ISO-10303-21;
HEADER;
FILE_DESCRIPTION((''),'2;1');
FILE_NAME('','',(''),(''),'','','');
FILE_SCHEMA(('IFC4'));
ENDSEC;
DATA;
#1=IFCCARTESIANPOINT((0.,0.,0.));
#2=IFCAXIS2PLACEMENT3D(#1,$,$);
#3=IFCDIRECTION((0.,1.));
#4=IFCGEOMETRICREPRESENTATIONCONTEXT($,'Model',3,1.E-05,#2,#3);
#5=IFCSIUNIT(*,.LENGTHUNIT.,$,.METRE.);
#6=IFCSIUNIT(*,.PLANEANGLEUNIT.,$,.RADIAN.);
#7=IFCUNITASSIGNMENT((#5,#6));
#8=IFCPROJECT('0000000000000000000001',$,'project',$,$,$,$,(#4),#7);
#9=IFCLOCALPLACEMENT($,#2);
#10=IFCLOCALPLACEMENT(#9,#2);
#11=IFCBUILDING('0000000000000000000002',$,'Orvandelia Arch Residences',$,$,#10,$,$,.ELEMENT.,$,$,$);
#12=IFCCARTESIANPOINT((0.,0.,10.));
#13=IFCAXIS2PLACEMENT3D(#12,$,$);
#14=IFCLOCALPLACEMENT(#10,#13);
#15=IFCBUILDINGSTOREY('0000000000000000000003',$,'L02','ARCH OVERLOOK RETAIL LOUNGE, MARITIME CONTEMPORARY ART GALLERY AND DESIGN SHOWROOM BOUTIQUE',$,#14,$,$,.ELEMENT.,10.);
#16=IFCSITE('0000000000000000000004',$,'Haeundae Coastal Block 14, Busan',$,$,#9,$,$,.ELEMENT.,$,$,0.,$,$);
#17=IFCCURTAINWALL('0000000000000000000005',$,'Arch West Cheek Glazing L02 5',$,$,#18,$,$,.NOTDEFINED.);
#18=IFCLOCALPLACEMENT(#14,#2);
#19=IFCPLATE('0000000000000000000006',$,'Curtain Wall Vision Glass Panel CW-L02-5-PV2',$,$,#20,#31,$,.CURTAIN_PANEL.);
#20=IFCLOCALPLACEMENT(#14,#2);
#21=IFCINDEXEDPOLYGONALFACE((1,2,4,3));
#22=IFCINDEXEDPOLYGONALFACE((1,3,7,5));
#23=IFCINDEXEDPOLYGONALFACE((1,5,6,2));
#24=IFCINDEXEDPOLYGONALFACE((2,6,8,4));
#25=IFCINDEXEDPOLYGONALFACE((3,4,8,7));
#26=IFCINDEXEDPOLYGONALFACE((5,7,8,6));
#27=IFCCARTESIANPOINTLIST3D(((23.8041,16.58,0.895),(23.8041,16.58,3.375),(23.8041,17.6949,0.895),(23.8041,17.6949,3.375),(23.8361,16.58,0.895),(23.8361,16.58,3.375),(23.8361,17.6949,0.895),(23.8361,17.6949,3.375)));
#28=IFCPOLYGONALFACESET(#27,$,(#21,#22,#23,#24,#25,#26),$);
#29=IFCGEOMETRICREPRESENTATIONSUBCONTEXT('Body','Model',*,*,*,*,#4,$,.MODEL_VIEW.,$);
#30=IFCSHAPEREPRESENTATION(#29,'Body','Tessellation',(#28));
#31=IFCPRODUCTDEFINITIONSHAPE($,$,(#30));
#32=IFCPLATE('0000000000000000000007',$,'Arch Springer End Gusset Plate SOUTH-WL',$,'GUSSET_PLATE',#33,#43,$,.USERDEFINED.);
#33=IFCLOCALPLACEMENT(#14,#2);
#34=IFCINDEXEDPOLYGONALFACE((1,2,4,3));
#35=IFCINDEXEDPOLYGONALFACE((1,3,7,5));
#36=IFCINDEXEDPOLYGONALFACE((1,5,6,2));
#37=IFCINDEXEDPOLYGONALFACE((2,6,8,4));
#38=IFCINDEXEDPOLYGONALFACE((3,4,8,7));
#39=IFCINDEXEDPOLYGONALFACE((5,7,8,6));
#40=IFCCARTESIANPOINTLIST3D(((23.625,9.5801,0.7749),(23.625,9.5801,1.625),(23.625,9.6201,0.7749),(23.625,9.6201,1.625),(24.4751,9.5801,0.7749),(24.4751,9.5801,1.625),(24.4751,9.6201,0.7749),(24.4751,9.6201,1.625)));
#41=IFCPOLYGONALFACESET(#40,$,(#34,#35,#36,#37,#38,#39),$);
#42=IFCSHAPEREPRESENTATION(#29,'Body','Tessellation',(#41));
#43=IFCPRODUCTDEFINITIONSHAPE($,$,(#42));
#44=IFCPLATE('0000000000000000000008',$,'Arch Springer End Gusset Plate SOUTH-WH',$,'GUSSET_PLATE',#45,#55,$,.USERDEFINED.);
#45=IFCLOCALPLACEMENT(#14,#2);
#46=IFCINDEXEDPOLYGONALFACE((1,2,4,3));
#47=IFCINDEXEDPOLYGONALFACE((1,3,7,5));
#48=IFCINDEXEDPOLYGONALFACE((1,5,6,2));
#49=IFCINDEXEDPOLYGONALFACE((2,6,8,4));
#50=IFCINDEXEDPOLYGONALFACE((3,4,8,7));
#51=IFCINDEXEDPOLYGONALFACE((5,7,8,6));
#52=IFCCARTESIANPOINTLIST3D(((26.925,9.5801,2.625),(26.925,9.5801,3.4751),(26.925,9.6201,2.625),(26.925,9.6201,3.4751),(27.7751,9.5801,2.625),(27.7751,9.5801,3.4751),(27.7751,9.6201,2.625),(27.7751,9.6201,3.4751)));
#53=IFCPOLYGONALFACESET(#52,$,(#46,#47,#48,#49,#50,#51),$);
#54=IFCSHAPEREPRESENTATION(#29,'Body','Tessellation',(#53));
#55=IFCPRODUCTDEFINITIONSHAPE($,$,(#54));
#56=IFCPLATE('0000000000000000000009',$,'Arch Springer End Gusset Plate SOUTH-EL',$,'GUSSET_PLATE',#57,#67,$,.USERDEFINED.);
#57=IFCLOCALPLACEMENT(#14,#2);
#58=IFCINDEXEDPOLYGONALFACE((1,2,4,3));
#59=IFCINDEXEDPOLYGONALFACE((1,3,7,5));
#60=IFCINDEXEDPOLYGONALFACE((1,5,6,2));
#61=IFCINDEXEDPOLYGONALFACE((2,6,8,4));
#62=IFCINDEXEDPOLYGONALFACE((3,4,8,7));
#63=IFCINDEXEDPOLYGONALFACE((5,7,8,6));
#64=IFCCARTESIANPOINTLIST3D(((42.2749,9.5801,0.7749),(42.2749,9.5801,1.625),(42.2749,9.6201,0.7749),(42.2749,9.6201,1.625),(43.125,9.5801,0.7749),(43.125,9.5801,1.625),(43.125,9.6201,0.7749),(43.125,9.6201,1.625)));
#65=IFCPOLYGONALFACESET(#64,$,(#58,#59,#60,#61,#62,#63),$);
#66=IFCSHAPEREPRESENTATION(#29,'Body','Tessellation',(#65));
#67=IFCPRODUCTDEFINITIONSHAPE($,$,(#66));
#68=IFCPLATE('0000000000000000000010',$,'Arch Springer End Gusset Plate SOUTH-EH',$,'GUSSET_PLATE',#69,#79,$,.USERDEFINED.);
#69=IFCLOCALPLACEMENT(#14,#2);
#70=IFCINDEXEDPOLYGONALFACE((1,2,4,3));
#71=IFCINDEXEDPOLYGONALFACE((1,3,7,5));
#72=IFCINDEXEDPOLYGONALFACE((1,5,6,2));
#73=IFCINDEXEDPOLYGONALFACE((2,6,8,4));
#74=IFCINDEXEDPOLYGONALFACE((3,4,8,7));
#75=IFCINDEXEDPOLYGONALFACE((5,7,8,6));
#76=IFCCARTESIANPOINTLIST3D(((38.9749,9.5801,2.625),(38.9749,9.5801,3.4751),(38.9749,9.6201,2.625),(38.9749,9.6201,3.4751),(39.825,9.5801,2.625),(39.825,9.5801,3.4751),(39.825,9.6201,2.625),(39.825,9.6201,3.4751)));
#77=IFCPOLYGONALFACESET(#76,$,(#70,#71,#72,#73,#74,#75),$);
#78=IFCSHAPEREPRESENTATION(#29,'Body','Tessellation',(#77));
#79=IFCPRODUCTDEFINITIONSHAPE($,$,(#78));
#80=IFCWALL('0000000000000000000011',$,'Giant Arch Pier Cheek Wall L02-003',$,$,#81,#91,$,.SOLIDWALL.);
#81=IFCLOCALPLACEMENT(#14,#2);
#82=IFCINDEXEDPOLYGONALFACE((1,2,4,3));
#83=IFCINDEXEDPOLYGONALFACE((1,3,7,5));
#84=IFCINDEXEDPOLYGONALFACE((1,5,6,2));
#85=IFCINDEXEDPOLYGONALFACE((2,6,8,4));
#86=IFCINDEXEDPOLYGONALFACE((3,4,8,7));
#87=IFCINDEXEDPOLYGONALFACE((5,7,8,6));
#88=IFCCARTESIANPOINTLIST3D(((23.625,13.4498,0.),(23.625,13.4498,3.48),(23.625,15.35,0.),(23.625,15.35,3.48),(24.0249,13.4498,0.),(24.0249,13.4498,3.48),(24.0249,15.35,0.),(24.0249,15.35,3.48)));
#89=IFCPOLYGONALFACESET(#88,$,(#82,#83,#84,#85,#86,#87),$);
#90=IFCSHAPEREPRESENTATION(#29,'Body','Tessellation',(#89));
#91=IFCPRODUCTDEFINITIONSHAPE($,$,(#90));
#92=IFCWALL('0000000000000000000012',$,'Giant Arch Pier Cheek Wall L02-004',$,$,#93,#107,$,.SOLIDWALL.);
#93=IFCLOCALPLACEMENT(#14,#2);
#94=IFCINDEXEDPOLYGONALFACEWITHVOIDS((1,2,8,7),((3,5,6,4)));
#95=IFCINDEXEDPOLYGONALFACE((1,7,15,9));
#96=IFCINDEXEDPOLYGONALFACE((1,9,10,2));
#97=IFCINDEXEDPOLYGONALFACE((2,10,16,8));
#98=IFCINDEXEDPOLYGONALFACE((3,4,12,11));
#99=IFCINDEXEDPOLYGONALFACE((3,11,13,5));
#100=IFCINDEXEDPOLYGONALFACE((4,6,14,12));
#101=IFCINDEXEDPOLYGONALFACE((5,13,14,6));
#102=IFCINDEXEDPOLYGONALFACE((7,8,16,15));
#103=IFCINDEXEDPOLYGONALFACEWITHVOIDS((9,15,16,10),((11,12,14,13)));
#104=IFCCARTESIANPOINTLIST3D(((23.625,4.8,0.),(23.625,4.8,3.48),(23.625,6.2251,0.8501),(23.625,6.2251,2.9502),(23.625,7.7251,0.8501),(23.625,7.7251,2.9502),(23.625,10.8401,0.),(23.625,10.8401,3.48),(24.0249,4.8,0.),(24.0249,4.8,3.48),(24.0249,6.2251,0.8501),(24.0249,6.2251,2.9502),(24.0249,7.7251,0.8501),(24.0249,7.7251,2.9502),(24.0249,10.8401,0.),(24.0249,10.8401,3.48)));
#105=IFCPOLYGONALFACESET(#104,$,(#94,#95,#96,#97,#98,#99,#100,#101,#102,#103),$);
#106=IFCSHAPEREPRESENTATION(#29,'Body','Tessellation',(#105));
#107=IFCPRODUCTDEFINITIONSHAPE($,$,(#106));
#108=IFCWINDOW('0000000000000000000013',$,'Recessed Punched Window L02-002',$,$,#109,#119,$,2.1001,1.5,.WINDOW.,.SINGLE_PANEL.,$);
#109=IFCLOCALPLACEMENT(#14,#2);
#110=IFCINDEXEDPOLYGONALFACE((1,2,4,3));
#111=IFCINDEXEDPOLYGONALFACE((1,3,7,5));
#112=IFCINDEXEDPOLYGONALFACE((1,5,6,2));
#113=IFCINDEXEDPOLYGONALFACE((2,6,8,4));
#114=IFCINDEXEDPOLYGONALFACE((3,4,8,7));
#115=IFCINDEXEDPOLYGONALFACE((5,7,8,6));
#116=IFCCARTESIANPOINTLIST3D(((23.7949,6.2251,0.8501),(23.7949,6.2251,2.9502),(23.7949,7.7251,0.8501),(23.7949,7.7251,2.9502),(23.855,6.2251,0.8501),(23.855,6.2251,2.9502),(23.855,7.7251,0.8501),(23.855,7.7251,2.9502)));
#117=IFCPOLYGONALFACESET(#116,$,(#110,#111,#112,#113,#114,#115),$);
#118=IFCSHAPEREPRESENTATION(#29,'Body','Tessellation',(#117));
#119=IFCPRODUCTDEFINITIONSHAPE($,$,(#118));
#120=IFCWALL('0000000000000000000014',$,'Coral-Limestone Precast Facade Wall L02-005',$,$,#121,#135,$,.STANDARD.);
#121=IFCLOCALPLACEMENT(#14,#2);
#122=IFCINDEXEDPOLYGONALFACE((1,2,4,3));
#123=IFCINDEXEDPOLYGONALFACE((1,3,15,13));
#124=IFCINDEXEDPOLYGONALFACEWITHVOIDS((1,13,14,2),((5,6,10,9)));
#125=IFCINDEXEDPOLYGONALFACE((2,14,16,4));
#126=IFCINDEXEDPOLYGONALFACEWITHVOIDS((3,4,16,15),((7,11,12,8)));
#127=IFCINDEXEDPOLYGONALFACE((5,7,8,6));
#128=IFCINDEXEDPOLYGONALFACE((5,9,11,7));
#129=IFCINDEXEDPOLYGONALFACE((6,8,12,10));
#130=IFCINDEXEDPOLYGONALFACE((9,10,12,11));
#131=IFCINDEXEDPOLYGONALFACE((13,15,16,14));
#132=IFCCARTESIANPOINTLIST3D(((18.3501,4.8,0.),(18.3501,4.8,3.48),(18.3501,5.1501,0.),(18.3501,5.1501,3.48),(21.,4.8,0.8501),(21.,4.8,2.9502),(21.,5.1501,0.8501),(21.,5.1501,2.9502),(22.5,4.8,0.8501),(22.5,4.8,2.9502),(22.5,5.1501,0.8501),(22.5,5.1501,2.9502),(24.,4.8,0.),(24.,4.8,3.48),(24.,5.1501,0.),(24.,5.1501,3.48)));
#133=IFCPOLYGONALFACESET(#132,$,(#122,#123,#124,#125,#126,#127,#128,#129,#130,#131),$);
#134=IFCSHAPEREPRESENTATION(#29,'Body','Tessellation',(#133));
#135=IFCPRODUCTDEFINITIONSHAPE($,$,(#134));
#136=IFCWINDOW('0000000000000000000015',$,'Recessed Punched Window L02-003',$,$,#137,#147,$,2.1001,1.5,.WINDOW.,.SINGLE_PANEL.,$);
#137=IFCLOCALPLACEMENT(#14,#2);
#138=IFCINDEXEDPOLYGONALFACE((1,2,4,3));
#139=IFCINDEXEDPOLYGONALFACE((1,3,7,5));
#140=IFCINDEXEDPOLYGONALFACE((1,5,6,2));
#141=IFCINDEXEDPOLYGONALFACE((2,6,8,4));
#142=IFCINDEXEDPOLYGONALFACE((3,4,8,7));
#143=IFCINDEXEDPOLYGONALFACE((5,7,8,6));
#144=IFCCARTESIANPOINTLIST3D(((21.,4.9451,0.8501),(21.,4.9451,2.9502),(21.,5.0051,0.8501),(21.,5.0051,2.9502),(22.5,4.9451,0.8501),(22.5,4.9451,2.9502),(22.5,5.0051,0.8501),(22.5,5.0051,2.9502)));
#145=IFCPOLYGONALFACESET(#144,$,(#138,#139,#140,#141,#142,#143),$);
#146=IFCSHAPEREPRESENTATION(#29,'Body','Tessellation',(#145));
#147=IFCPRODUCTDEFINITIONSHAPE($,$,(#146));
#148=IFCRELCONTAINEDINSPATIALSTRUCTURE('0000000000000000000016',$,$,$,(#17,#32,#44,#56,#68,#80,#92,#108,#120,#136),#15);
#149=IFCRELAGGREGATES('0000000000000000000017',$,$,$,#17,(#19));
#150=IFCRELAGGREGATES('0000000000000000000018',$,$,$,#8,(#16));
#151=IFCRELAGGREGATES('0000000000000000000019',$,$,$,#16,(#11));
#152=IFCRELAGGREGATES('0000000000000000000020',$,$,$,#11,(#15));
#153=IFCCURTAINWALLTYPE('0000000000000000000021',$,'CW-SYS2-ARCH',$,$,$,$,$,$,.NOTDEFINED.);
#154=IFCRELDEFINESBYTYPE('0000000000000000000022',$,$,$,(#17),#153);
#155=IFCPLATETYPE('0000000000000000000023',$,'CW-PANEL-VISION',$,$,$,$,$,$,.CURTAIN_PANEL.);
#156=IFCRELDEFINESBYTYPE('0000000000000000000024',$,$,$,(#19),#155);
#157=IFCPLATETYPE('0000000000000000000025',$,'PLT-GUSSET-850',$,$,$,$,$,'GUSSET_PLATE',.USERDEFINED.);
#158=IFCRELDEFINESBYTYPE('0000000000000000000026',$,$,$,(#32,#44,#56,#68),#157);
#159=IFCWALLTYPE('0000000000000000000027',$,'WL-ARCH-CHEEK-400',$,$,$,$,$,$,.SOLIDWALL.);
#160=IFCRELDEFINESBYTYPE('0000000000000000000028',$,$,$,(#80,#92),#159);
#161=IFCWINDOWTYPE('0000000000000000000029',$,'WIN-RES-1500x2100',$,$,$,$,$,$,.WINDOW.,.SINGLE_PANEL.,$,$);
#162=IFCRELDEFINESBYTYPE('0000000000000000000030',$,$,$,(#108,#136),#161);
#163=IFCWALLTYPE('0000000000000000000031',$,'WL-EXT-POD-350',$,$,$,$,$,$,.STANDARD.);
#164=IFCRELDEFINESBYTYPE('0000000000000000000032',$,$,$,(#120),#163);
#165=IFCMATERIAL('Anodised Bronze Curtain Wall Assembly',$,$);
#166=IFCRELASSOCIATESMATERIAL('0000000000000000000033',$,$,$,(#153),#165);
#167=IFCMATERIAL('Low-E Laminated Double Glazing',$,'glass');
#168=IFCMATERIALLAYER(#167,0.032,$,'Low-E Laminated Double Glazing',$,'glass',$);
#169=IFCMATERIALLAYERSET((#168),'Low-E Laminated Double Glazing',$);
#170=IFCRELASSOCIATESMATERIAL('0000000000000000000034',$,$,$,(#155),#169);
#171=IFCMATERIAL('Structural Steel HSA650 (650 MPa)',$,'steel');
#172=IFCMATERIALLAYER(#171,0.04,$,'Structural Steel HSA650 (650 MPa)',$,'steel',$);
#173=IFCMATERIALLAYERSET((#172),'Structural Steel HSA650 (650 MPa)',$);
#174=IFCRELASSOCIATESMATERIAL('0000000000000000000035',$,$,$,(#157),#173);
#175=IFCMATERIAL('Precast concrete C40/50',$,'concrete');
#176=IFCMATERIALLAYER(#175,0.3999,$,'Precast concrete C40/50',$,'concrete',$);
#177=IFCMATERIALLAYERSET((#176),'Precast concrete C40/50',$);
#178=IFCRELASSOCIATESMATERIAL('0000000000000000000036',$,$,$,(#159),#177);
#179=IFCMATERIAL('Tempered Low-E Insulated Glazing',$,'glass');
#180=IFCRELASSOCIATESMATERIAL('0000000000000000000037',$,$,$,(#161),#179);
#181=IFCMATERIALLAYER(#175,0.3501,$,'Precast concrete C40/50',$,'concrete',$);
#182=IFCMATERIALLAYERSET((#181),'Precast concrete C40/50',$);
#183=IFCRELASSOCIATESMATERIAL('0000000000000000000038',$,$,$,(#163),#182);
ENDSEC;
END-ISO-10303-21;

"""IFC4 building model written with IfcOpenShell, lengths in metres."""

from ifc_helpers import new_model, si_unit, direction, frame, frame_2d, origin, origin_2d, place, context, subcontext, project, spatial, rectangle, extrude, material, layer, layer_set, type_object, element, fill, aggregate, save


model = new_model("IFC4")

# Units and contexts
model_context = context("Model", 3, precision=1e-05, world=origin(), true_north=direction((0.0, 1.0)))
body_context = subcontext(model_context, "Body", "Model", "MODEL_VIEW")
ifc_project = project(units=[si_unit("LENGTHUNIT", "METRE"), si_unit("PLANEANGLEUNIT", "RADIAN")], contexts=[model_context])

# Site, building, storey
site_placement = place(None, origin())
site = spatial("IfcSite", under=ifc_project, at=site_placement, Name="Haeundae Coastal Block 14, Busan", CompositionType="ELEMENT", RefElevation=0.0)
building_placement = place(site_placement, origin())
building = spatial("IfcBuilding", under=site, at=building_placement, Name="Orvandelia Arch Residences", CompositionType="ELEMENT")
storey_placement = place(building_placement, frame((0.0, 0.0, 10.0)))
storey = spatial("IfcBuildingStorey", under=building, at=storey_placement, Name="L02", Description="ARCH OVERLOOK RETAIL LOUNGE, MARITIME CONTEMPORARY ART GALLERY AND DESIGN SHOWROOM BOUTIQUE", CompositionType="ELEMENT", Elevation=10.0)

# Curtain wall
ifc_material_1 = material(Name="Anodised Bronze Curtain Wall Assembly")
curtain_wall_type = type_object("IfcCurtainWallType", Name="CW-SYS2-ARCH", PredefinedType="NOTDEFINED", material=ifc_material_1)
curtain_wall_placement = place(storey_placement, origin())
curtain_wall = element("IfcCurtainWall", 1, at=curtain_wall_placement, inside=storey, type_object=curtain_wall_type, Name="Arch West Cheek Glazing L02 5", PredefinedType="NOTDEFINED")

# Plate
ifc_material_2 = material(Name="Low-E Laminated Double Glazing", Category="glass")
ifc_layer_1 = layer(ifc_material_2, 0.032, Name="Low-E Laminated Double Glazing", Category="glass")
ifc_layer_set_1 = layer_set([ifc_layer_1], Name="Low-E Laminated Double Glazing")
plate_type_1 = type_object("IfcPlateType", Name="CW-PANEL-VISION", PredefinedType="CURTAIN_PANEL", material=ifc_layer_set_1)
plate_1_placement = place(storey_placement, frame((23.8201, 17.1375, 0.895), z_axis=(0.0, 0.0, 1.0), x_axis=(0.0, 1.0, 0.0)))
plate_1 = element("IfcPlate", 2, at=plate_1_placement, type_object=plate_type_1, Name="Curtain Wall Vision Glass Panel CW-L02-5-PV2", PredefinedType="CURTAIN_PANEL", context=body_context, shape_type="SweptSolid", body=[
    extrude(rectangle(XDim=1.115, YDim=0.032, at=origin_2d()), origin(), (0.0, 0.0, 1.0), 2.48),
])
aggregate(curtain_wall, [plate_1])

# Plates
ifc_material_3 = material(Name="Structural Steel HSA650 (650 MPa)", Category="steel")
ifc_layer_2 = layer(ifc_material_3, 0.04, Name="Structural Steel HSA650 (650 MPa)", Category="steel")
ifc_layer_set_2 = layer_set([ifc_layer_2], Name="Structural Steel HSA650 (650 MPa)")
plate_type_2 = type_object("IfcPlateType", Name="PLT-GUSSET-850", ElementType="GUSSET_PLATE", PredefinedType="USERDEFINED", material=ifc_layer_set_2)
for number, where, z_axis, x_axis, name in (
    (3, (24.05, 9.6001, 0.7749), (0.0, 0.0, 1.0), (1.0, 0.0, 0.0), "Arch Springer End Gusset Plate SOUTH-WL"),
    (4, (27.3501, 9.6001, 2.625), (0.0, 0.0, 1.0), (1.0, 0.0, 0.0), "Arch Springer End Gusset Plate SOUTH-WH"),
    (5, (42.7, 9.6001, 0.7749), (0.0, 0.0, 1.0), (1.0, 0.0, 0.0), "Arch Springer End Gusset Plate SOUTH-EL"),
    (6, (39.3999, 9.6001, 2.625), (0.0, 0.0, 1.0), (1.0, 0.0, 0.0), "Arch Springer End Gusset Plate SOUTH-EH"),
):
    element("IfcPlate", number, at=place(storey_placement, frame(where, z_axis=z_axis, x_axis=x_axis)), inside=storey, type_object=plate_type_2, Name=name, ObjectType="GUSSET_PLATE", PredefinedType="USERDEFINED", context=body_context, shape_type="SweptSolid", body=[
        extrude(rectangle(XDim=0.8501, YDim=0.04, at=origin_2d()), origin(), (0.0, 0.0, 1.0), 0.8501),
    ])

# Wall
ifc_material_4 = material(Name="Precast concrete C40/50", Category="concrete")
ifc_layer_3 = layer(ifc_material_4, 0.3999, Name="Precast concrete C40/50", Category="concrete")
ifc_layer_set_3 = layer_set([ifc_layer_3], Name="Precast concrete C40/50")
wall_type_1 = type_object("IfcWallType", Name="WL-ARCH-CHEEK-400", PredefinedType="SOLIDWALL", material=ifc_layer_set_3)
wall_1_placement = place(storey_placement, frame((23.825, 15.3501, 0.0), z_axis=(0.0, 0.0, 1.0), x_axis=(0.0, -1.0, 0.0)))
element("IfcWall", 7, at=wall_1_placement, inside=storey, type_object=wall_type_1, Name="Giant Arch Pier Cheek Wall L02-003", PredefinedType="SOLIDWALL", context=body_context, shape_type="SweptSolid", body=[
    extrude(rectangle(XDim=1.9001, YDim=0.3999, at=frame_2d((0.9502, 0.0))), origin(), (0.0, 0.0, 1.0), 3.48),
])

# Walls, openings, windows
wall_2_placement = place(storey_placement, frame((23.825, 10.8401, 0.0), z_axis=(0.0, 0.0, 1.0), x_axis=(0.0, -1.0, 0.0)))
wall_2 = element("IfcWall", 8, at=wall_2_placement, inside=storey, type_object=wall_type_1, Name="Giant Arch Pier Cheek Wall L02-004", PredefinedType="SOLIDWALL", context=body_context, shape_type="SweptSolid", body=[
    extrude(rectangle(XDim=6.04, YDim=0.3999, at=frame_2d((3.02, 0.0))), origin(), (0.0, 0.0, 1.0), 3.48),
])
opening_1_placement = place(wall_2_placement, frame((3.115, 0.0, 0.8501)))
opening_1 = element("IfcOpeningElement", 9, at=opening_1_placement, cuts=wall_2, PredefinedType="OPENING", context=body_context, shape_type="SweptSolid", body=[
    extrude(rectangle(XDim=1.5, YDim=2.1001, at=frame_2d((0.75, 1.05))), frame((0.0, 0.21, 0.0), z_axis=(0.0, -1.0, 0.0), x_axis=(1.0, 0.0, 0.0)), (0.0, 0.0, 1.0), 0.4199),
])
ifc_material_5 = material(Name="Tempered Low-E Insulated Glazing", Category="glass")
window_type = type_object("IfcWindowType", Name="WIN-RES-1500x2100", PartitioningType="SINGLE_PANEL", PredefinedType="WINDOW", material=ifc_material_5)
window_1_placement = place(opening_1_placement, origin())
window_1 = element("IfcWindow", 10, at=window_1_placement, inside=storey, type_object=window_type, Name="Recessed Punched Window L02-002", OverallHeight=2.1001, OverallWidth=1.5, PartitioningType="SINGLE_PANEL", PredefinedType="WINDOW", context=body_context, shape_type="SweptSolid", body=[
    extrude(rectangle(XDim=1.5, YDim=2.1001, at=frame_2d((0.75, 1.05))), frame((0.0, 0.03, 0.0), z_axis=(0.0, -1.0, 0.0), x_axis=(1.0, 0.0, 0.0)), (0.0, 0.0, 1.0), 0.0601),
])
fill(opening_1, window_1)
ifc_layer_4 = layer(ifc_material_4, 0.3501, Name="Precast concrete C40/50", Category="concrete")
ifc_layer_set_4 = layer_set([ifc_layer_4], Name="Precast concrete C40/50")
wall_type_2 = type_object("IfcWallType", Name="WL-EXT-POD-350", PredefinedType="STANDARD", material=ifc_layer_set_4)
wall_3_placement = place(storey_placement, frame((24.0, 4.9751, 0.0), z_axis=(0.0, 0.0, 1.0), x_axis=(-1.0, 0.0, 0.0)))
wall_3 = element("IfcWall", 11, at=wall_3_placement, inside=storey, type_object=wall_type_2, Name="Coral-Limestone Precast Facade Wall L02-005", PredefinedType="STANDARD", context=body_context, shape_type="SweptSolid", body=[
    extrude(rectangle(XDim=5.6499, YDim=0.3501, at=frame_2d((2.825, 0.0))), origin(), (0.0, 0.0, 1.0), 3.48),
])
opening_2_placement = place(wall_3_placement, frame((1.5, 0.0, 0.8501)))
opening_2 = element("IfcOpeningElement", 12, at=opening_2_placement, cuts=wall_3, PredefinedType="OPENING", context=body_context, shape_type="SweptSolid", body=[
    extrude(rectangle(XDim=1.5, YDim=2.1001, at=frame_2d((0.75, 1.05))), frame((0.0, 0.1851, 0.0), z_axis=(0.0, -1.0, 0.0), x_axis=(1.0, 0.0, 0.0)), (0.0, 0.0, 1.0), 0.3701),
])
window_2_placement = place(opening_2_placement, origin())
window_2 = element("IfcWindow", 13, at=window_2_placement, inside=storey, type_object=window_type, Name="Recessed Punched Window L02-003", OverallHeight=2.1001, OverallWidth=1.5, PartitioningType="SINGLE_PANEL", PredefinedType="WINDOW", context=body_context, shape_type="SweptSolid", body=[
    extrude(rectangle(XDim=1.5, YDim=2.1001, at=frame_2d((0.75, 1.05))), frame((0.0, 0.03, 0.0), z_axis=(0.0, -1.0, 0.0), x_axis=(1.0, 0.0, 0.0)), (0.0, 0.0, 1.0), 0.0601),
])
fill(opening_2, window_2)

save(model, "model.ifc")
